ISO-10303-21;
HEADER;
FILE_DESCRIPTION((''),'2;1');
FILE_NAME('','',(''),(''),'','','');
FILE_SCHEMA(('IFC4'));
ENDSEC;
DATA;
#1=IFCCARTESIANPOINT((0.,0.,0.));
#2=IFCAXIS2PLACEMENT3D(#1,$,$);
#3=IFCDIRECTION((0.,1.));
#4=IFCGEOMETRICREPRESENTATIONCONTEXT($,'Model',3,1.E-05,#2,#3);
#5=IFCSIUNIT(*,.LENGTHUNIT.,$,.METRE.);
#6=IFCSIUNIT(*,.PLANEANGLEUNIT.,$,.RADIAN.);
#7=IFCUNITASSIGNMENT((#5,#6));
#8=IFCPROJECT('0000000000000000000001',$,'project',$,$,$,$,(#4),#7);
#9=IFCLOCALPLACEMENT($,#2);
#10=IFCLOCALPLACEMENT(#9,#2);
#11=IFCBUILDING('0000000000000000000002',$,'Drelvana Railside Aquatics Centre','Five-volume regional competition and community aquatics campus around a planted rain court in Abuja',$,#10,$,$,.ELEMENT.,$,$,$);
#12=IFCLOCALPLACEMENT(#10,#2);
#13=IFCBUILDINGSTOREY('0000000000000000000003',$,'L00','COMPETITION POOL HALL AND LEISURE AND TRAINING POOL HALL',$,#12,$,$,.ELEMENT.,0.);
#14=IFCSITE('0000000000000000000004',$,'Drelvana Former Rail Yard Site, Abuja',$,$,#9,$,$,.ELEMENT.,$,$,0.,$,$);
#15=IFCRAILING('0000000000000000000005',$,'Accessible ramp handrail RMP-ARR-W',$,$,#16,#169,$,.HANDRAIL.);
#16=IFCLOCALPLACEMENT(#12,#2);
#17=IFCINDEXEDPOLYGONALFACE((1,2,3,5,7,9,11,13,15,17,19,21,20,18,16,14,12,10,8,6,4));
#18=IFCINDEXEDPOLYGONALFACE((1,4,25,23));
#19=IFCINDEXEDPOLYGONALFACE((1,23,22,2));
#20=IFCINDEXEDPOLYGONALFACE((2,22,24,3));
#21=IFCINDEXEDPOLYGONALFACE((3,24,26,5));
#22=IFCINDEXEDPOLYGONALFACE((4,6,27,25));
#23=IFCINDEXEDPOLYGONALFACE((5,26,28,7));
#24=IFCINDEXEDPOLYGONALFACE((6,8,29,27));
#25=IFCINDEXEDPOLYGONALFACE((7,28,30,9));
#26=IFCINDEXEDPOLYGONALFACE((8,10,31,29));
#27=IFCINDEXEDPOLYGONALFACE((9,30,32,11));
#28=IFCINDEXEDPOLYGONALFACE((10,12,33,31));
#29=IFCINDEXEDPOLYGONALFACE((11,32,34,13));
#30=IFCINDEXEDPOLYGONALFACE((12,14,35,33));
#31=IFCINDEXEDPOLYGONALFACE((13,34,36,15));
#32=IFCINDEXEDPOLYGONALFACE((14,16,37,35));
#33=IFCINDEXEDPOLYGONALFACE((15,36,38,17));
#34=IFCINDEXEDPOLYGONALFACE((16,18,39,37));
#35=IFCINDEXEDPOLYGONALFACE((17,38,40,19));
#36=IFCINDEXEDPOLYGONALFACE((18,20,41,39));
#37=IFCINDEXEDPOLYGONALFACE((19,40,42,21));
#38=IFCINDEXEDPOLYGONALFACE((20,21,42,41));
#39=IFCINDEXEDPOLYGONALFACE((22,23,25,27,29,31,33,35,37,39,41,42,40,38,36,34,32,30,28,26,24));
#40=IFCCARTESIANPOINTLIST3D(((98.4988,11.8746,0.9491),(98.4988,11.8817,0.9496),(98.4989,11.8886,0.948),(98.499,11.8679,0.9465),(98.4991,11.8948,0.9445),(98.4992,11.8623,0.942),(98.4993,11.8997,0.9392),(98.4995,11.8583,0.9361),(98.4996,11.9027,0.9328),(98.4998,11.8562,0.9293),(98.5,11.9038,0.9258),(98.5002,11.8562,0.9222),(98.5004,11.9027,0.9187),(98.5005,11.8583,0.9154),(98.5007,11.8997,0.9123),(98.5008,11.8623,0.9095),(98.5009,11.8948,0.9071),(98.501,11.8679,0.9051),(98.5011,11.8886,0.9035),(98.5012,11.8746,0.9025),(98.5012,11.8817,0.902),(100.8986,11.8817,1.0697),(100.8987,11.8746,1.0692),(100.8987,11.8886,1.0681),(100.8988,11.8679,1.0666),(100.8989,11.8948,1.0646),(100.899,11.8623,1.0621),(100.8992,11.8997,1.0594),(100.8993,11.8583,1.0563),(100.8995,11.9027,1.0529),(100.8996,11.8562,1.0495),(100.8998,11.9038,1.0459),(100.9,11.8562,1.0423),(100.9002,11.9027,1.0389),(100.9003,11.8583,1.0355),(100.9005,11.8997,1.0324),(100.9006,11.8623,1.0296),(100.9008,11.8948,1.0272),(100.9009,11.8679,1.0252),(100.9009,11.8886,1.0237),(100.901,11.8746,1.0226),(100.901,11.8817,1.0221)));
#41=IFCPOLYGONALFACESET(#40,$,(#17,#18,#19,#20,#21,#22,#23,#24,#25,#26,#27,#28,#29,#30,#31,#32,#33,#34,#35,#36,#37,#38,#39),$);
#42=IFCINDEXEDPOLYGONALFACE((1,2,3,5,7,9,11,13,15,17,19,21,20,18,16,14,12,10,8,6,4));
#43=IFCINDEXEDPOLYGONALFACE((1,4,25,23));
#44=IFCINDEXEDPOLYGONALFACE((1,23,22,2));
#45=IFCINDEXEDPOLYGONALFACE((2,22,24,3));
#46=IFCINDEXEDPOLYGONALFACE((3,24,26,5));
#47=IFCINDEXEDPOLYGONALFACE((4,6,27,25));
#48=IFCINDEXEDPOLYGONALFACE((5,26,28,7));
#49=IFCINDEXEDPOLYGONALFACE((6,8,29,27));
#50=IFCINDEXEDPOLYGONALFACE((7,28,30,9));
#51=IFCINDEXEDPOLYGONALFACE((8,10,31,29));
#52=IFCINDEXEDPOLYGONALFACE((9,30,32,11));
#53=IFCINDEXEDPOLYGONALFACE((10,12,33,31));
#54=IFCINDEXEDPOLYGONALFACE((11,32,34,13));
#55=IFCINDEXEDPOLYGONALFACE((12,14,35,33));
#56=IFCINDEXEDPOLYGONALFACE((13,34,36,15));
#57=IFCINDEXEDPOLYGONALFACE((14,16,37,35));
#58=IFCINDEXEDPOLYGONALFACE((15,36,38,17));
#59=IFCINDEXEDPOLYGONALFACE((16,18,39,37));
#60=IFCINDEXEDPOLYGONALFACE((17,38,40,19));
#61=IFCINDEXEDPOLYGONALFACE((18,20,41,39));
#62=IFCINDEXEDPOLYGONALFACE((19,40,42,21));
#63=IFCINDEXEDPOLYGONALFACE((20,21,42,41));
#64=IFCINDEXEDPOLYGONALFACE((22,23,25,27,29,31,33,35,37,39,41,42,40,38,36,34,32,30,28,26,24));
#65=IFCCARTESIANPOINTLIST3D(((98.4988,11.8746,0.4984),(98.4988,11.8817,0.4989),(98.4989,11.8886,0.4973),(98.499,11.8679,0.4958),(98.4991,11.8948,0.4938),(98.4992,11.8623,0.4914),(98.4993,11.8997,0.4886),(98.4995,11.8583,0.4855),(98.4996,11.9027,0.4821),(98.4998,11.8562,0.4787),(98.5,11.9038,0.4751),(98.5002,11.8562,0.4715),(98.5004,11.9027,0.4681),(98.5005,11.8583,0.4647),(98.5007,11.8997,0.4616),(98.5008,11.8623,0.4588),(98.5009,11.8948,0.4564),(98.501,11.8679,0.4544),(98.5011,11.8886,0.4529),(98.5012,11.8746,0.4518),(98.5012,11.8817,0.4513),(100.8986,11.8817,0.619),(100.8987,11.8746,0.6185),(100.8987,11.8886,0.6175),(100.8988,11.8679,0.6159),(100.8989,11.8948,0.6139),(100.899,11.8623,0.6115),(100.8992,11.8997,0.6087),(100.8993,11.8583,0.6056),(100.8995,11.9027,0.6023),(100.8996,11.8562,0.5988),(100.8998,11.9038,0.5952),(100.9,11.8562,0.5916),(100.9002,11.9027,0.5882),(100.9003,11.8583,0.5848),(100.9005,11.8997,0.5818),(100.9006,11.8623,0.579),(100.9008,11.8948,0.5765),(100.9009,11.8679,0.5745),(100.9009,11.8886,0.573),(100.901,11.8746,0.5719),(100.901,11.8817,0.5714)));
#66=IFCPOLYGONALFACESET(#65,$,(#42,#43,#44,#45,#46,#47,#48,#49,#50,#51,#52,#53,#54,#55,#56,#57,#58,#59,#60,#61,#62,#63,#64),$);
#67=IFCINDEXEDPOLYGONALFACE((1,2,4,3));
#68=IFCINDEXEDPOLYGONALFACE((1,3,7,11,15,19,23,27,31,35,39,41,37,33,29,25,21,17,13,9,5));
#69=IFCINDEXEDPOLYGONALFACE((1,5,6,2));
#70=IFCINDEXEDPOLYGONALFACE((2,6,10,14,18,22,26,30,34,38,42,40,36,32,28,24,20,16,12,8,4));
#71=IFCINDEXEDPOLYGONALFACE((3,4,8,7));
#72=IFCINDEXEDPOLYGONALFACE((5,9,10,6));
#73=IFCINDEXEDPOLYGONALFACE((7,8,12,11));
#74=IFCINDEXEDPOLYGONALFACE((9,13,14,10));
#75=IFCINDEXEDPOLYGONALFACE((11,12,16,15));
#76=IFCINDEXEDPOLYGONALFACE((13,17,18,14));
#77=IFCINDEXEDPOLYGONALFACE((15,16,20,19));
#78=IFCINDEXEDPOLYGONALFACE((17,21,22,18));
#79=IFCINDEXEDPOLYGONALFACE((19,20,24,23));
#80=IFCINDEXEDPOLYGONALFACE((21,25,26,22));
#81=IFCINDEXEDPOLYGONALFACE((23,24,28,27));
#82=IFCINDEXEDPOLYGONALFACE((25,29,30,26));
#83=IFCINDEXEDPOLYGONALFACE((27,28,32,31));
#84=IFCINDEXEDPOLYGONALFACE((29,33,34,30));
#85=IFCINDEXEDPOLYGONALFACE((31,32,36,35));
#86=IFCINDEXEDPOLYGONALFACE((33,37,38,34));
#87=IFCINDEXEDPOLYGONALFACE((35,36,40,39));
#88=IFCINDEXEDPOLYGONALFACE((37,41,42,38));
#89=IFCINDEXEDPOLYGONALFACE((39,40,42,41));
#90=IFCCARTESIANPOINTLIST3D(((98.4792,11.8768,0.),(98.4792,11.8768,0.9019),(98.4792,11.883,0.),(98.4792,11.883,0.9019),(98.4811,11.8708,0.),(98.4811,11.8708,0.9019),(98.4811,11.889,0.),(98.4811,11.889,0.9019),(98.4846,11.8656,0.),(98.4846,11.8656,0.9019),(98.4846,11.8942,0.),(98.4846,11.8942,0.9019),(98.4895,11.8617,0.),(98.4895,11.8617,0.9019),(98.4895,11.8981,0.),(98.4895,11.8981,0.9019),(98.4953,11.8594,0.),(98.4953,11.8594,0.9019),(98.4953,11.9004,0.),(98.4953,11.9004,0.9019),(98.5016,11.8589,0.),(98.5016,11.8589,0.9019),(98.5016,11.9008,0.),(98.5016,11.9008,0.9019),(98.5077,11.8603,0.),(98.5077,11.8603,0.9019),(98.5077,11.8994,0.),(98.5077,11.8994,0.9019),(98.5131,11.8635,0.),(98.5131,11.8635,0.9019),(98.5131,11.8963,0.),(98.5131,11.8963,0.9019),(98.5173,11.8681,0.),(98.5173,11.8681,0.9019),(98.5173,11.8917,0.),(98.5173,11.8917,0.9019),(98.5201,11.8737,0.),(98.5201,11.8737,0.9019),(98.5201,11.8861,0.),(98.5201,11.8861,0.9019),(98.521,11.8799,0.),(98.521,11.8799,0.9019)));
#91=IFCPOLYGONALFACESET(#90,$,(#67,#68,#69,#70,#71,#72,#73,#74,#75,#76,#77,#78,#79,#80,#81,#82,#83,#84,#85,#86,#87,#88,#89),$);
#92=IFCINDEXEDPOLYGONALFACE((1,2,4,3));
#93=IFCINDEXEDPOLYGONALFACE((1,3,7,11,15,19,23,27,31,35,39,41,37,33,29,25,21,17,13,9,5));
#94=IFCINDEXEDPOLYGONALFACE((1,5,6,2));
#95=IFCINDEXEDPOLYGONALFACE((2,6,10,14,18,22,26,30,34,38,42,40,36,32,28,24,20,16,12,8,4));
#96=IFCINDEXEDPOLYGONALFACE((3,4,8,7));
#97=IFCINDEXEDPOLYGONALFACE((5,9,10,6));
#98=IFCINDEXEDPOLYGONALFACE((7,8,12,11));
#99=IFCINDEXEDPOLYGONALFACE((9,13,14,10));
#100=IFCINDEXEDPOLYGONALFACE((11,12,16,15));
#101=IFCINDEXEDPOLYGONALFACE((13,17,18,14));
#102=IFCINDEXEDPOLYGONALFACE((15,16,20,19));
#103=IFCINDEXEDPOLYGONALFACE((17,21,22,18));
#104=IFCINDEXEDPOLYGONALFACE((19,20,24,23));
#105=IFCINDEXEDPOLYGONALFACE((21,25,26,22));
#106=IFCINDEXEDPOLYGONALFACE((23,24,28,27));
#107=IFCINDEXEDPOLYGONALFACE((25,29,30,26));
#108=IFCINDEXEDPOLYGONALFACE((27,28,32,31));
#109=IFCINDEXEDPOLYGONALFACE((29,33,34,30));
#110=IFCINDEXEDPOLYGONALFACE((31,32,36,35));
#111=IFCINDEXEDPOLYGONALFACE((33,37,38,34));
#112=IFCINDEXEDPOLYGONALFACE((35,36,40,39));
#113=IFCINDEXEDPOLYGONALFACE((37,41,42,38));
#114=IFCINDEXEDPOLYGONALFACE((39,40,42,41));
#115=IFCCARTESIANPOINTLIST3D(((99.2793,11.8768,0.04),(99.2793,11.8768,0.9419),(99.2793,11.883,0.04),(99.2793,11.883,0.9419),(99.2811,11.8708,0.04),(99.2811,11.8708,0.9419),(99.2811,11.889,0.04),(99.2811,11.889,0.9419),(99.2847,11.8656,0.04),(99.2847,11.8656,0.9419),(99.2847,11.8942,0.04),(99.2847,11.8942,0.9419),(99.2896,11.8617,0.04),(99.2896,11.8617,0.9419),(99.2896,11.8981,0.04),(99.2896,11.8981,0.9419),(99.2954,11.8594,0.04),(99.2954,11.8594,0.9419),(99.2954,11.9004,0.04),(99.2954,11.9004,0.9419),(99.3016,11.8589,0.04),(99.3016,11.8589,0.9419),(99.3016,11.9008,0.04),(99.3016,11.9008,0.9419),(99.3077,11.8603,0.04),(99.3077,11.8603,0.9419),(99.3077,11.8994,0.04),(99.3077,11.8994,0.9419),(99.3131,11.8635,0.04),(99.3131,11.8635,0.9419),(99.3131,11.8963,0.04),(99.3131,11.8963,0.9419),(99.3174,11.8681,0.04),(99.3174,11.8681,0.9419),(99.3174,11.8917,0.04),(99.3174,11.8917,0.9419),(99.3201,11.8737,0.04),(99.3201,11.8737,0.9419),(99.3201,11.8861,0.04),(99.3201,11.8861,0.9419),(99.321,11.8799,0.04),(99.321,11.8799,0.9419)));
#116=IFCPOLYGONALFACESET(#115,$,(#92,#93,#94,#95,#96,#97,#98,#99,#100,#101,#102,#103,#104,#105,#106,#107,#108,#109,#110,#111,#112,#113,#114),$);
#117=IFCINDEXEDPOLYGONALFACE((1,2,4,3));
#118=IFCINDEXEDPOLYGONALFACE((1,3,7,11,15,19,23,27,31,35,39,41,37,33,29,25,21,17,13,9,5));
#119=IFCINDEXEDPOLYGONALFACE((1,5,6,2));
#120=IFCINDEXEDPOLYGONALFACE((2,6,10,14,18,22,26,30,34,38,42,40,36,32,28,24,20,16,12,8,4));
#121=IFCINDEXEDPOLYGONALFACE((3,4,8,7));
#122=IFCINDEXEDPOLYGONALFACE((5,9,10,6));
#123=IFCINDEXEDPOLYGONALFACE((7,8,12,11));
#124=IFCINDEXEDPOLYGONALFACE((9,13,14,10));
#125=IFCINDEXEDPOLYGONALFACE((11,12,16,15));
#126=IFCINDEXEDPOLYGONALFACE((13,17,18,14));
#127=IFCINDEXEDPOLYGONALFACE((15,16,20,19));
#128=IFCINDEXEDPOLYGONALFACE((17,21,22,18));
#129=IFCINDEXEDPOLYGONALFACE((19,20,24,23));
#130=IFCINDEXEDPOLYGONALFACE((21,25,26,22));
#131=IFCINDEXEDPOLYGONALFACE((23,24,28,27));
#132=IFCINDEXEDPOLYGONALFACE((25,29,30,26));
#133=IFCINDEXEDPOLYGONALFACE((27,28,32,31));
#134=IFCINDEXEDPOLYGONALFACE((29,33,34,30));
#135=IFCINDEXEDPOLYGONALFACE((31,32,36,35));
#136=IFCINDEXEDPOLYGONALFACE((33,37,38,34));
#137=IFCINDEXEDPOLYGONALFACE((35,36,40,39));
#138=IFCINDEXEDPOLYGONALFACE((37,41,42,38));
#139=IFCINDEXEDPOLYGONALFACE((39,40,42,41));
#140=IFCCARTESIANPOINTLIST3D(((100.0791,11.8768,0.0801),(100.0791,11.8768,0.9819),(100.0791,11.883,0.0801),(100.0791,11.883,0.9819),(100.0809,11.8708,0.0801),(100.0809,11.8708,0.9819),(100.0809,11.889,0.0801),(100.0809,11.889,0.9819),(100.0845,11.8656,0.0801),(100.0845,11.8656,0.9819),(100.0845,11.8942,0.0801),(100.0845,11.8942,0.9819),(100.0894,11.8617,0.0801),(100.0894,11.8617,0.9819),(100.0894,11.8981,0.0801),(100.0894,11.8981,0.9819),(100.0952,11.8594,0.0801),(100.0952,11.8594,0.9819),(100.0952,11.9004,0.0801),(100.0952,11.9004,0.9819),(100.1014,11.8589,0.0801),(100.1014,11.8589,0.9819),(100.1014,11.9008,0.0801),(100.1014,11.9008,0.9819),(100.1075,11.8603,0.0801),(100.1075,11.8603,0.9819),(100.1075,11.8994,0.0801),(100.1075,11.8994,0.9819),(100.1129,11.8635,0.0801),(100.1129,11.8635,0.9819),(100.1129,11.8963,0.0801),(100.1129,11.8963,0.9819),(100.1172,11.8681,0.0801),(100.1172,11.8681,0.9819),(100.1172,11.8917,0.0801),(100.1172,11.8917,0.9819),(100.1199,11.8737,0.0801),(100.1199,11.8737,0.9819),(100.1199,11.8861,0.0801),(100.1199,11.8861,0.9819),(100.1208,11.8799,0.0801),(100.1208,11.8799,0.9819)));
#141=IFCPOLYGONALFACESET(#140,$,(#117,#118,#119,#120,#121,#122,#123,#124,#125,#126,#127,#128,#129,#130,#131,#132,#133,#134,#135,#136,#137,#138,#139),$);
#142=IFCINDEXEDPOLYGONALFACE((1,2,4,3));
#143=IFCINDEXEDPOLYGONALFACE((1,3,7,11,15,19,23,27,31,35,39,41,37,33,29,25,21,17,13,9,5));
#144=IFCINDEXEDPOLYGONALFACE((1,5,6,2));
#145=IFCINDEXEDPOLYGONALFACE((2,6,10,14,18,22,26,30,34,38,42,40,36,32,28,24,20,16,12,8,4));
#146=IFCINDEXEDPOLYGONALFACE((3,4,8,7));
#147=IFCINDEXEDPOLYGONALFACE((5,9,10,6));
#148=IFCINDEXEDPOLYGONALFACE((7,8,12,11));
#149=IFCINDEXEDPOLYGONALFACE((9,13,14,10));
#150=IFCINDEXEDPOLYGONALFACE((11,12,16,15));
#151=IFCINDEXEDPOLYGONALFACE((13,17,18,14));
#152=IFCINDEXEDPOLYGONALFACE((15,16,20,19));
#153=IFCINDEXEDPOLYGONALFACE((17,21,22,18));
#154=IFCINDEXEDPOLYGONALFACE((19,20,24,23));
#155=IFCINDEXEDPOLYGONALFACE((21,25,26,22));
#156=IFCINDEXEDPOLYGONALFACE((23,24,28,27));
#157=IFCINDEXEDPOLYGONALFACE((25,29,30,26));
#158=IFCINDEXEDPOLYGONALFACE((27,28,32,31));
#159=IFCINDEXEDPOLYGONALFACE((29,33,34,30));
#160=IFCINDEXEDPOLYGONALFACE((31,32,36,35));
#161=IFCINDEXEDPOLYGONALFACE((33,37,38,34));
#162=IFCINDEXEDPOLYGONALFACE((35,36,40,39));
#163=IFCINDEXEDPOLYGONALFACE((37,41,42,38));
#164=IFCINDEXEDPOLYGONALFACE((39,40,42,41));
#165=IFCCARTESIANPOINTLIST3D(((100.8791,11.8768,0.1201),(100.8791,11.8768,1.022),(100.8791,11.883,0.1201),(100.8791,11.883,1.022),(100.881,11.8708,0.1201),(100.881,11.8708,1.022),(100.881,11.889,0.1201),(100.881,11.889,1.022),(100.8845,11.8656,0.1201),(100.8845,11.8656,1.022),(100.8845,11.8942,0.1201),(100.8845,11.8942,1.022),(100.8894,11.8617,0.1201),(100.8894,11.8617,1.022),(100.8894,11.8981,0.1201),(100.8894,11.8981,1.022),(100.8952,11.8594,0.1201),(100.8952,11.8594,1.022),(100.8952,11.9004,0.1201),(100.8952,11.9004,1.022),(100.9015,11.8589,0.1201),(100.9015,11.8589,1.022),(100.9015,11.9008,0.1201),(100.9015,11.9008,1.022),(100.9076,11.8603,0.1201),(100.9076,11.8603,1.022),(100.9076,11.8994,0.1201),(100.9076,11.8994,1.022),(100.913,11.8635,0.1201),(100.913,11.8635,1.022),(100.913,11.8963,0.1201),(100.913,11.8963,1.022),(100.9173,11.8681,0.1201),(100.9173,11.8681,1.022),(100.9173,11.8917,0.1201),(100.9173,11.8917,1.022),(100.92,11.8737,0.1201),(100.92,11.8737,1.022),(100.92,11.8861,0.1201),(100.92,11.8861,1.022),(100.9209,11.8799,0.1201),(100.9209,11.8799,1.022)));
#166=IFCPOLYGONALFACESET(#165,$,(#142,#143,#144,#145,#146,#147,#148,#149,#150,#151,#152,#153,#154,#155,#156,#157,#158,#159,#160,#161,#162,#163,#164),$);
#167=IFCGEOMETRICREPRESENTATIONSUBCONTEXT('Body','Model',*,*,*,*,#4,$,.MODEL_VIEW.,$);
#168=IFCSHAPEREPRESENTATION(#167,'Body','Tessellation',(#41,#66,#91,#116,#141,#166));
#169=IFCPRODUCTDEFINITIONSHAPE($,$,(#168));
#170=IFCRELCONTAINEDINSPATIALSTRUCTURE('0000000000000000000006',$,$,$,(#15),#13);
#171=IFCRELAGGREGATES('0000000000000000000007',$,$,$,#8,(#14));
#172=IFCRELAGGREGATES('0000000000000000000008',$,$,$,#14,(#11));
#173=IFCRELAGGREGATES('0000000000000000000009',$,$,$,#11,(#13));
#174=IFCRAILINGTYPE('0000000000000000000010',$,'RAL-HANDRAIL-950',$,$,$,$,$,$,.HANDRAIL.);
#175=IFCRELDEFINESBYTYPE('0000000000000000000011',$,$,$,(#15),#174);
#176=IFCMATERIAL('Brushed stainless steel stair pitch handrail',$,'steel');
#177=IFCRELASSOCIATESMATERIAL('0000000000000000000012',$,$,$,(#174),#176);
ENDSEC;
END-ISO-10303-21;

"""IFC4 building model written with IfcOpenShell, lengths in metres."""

from ifc_helpers import new_model, si_unit, direction, frame, origin, origin_2d, place, context, subcontext, project, spatial, circle, extrude, material, type_object, element, save


model = new_model("IFC4")

# Units and contexts
model_context = context("Model", 3, precision=1e-05, world=origin(), true_north=direction((0.0, 1.0)))
body_context = subcontext(model_context, "Body", "Model", "MODEL_VIEW")
ifc_project = project(units=[si_unit("LENGTHUNIT", "METRE"), si_unit("PLANEANGLEUNIT", "RADIAN")], contexts=[model_context])

# Site, building, storey
site_placement = place(None, origin())
site = spatial("IfcSite", under=ifc_project, at=site_placement, Name="Drelvana Former Rail Yard Site, Abuja", CompositionType="ELEMENT", RefElevation=0.0)
building_placement = place(site_placement, origin())
building = spatial("IfcBuilding", under=site, at=building_placement, Name="Drelvana Railside Aquatics Centre", Description="Five-volume regional competition and community aquatics campus around a planted rain court in Abuja", CompositionType="ELEMENT")
storey_placement = place(building_placement, origin())
storey = spatial("IfcBuildingStorey", under=building, at=storey_placement, Name="L00", Description="COMPETITION POOL HALL AND LEISURE AND TRAINING POOL HALL", CompositionType="ELEMENT", Elevation=0.0)

# Railing
ifc_material_1 = material(Name="Brushed stainless steel stair pitch handrail", Category="steel")
railing_type = type_object("IfcRailingType", Name="RAL-HANDRAIL-950", PredefinedType="HANDRAIL", material=ifc_material_1)
for number, where, name in (
    (1, (98.5, 11.8799, 0.0), "Accessible ramp handrail RMP-ARR-W"),
):
    element("IfcRailing", number, at=place(storey_placement, frame(where)), inside=storey, type_object=railing_type, Name=name, PredefinedType="HANDRAIL", context=body_context, shape_type="SweptSolid", body=[
        extrude(circle(Radius=0.0239, at=origin_2d()), frame((0.0, 0.0, 0.9258), z_axis=(0.99875, 0.0, 0.049988), x_axis=(0.0, 1.0, 0.0)), (0.0, 0.0, 1.0), 2.4028),
        extrude(circle(Radius=0.0239, at=origin_2d()), frame((0.0, 0.0, 0.4751), z_axis=(0.99875, 0.0, 0.049988), x_axis=(0.0, 1.0, 0.0)), (0.0, 0.0, 1.0), 2.4028),
        extrude(circle(Radius=0.021, at=origin_2d()), origin(), (0.0, 0.0, 1.0), 0.9019),
        extrude(circle(Radius=0.021, at=origin_2d()), frame((0.8, 0.0, 0.04)), (0.0, 0.0, 1.0), 0.9019),
        extrude(circle(Radius=0.021, at=origin_2d()), frame((1.5999, 0.0, 0.0801)), (0.0, 0.0, 1.0), 0.9019),
        extrude(circle(Radius=0.021, at=origin_2d()), frame((2.3999, 0.0, 0.1201)), (0.0, 0.0, 1.0), 0.9019),
    ])

save(model, "model.ifc")
